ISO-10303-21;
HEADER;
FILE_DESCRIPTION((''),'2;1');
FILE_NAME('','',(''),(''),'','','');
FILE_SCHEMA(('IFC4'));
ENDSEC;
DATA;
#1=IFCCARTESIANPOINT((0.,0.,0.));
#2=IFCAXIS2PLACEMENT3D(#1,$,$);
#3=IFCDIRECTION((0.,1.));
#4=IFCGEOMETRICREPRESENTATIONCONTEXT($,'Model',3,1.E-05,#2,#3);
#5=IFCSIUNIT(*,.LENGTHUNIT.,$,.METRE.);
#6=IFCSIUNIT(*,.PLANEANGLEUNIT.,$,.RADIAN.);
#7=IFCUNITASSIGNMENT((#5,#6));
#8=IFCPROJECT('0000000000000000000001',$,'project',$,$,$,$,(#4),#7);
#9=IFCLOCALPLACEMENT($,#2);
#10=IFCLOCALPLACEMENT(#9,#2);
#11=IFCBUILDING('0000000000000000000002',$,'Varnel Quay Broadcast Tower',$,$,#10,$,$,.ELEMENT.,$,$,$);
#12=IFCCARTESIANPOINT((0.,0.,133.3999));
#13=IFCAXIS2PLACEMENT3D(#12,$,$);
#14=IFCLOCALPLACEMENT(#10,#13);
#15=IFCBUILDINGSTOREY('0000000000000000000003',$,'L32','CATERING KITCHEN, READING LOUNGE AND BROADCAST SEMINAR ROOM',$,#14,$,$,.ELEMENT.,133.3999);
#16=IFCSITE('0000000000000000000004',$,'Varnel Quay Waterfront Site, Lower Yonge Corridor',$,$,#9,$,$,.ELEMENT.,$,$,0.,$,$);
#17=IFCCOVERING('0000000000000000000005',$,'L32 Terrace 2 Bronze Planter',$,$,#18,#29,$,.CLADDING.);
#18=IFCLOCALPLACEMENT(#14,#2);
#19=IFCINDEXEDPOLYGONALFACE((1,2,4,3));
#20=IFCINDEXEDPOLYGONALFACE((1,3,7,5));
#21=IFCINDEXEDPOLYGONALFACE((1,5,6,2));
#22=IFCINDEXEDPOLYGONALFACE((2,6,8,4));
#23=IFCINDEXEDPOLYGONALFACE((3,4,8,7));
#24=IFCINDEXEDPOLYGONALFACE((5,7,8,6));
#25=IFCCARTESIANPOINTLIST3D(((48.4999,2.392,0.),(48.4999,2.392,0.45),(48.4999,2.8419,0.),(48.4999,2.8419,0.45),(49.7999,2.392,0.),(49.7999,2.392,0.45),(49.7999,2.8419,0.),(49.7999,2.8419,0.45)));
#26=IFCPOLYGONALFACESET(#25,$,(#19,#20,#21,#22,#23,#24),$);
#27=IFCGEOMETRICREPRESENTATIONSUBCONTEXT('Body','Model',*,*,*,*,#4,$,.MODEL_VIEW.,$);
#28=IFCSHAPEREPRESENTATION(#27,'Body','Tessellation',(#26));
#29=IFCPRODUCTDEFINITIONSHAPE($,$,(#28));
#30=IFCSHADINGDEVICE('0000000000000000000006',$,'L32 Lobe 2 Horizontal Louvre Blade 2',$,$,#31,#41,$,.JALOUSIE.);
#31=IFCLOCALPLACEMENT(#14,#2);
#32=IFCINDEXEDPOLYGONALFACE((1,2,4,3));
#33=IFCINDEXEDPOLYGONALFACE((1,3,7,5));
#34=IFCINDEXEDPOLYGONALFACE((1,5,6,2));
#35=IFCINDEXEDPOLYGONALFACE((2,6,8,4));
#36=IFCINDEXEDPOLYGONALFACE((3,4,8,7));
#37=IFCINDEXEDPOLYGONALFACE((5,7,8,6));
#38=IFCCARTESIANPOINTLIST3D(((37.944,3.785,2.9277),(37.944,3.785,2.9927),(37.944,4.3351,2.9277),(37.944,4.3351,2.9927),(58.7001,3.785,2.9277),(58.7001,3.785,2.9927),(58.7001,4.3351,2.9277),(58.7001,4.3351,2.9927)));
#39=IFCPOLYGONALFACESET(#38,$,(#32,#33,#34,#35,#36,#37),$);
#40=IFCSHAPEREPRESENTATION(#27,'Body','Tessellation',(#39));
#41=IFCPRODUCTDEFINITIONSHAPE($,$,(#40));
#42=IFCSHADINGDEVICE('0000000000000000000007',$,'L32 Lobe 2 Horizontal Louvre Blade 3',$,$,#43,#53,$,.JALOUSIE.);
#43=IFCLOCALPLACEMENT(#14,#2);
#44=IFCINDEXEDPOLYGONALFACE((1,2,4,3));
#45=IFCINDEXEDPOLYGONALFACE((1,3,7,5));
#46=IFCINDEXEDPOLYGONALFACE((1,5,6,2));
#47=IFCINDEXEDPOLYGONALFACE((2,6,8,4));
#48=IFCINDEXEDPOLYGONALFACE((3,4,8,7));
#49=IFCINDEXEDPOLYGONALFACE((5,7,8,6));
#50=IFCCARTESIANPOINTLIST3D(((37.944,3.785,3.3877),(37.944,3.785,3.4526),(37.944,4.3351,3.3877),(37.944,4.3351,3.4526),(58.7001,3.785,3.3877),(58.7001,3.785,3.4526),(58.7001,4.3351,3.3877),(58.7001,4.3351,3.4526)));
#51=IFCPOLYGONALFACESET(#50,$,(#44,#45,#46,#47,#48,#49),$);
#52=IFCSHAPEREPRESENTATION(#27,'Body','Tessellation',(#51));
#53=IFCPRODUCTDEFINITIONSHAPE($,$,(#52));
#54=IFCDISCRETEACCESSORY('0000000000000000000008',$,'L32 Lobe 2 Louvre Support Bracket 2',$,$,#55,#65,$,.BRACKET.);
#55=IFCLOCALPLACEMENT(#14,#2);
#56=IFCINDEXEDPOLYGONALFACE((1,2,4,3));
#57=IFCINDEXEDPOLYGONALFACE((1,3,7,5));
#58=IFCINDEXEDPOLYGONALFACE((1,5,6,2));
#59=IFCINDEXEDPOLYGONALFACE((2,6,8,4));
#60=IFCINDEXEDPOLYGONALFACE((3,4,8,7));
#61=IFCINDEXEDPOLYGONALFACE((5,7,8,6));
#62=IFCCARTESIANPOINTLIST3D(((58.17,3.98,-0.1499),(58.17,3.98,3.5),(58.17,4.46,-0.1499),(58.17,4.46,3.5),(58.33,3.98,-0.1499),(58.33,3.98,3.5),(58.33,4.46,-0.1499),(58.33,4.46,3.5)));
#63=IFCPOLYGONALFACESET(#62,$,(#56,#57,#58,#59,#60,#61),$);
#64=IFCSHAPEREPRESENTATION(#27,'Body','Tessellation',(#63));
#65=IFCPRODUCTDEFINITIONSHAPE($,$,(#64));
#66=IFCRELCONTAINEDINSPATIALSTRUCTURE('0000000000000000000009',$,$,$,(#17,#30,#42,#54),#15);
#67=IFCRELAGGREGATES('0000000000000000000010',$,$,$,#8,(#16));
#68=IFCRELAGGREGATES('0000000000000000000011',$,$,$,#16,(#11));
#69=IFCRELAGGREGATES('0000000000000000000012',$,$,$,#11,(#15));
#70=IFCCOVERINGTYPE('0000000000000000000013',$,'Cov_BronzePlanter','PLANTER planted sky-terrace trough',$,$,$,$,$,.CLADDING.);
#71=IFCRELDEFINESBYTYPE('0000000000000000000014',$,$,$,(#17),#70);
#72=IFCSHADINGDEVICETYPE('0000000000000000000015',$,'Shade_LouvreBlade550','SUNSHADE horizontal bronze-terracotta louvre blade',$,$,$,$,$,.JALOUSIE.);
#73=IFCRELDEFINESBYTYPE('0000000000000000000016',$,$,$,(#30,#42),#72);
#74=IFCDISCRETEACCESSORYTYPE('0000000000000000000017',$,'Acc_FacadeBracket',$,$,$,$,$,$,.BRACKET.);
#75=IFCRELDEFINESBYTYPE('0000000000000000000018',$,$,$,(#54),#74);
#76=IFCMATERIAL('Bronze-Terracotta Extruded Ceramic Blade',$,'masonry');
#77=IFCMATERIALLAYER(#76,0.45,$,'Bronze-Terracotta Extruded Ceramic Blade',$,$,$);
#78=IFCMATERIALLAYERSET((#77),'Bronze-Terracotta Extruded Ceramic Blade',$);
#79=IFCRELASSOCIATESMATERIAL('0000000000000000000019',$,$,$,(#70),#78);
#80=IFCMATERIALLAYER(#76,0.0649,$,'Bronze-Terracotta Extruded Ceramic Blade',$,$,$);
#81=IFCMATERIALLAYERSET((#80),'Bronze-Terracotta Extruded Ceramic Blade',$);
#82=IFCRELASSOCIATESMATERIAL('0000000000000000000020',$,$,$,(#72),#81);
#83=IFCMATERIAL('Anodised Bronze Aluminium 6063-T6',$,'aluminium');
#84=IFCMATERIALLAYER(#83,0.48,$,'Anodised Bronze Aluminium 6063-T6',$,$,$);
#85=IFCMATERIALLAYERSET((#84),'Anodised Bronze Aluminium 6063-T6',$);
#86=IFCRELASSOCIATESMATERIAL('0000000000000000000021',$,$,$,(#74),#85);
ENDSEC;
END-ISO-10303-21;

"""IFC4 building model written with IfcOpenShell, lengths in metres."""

from ifc_helpers import new_model, si_unit, direction, frame, origin, origin_2d, place, context, subcontext, project, spatial, rectangle, extrude, source, transform, mapped, material, layer, layer_set, type_object, type_shapes, element, save


model = new_model("IFC4")

# Units and contexts
model_context = context("Model", 3, precision=1e-05, world=origin(), true_north=direction((0.0, 1.0)))
body_context = subcontext(model_context, "Body", "Model", "MODEL_VIEW")
ifc_project = project(units=[si_unit("LENGTHUNIT", "METRE"), si_unit("PLANEANGLEUNIT", "RADIAN")], contexts=[model_context])

# Site, building, storey
site_placement = place(None, origin())
site = spatial("IfcSite", under=ifc_project, at=site_placement, Name="Varnel Quay Waterfront Site, Lower Yonge Corridor", CompositionType="ELEMENT", RefElevation=0.0)
building_placement = place(site_placement, origin())
building = spatial("IfcBuilding", under=site, at=building_placement, Name="Varnel Quay Broadcast Tower", CompositionType="ELEMENT")
storey_placement = place(building_placement, frame((0.0, 0.0, 133.3999)))
storey = spatial("IfcBuildingStorey", under=building, at=storey_placement, Name="L32", Description="CATERING KITCHEN, READING LOUNGE AND BROADCAST SEMINAR ROOM", CompositionType="ELEMENT", Elevation=133.3999)

# Shared definitions
ifc_material_1 = material(Name="Anodised Bronze Aluminium 6063-T6", Category="aluminium")

# Covering
ifc_material_2 = material(Name="Bronze-Terracotta Extruded Ceramic Blade", Category="masonry")
ifc_layer_1 = layer(ifc_material_2, 0.45, Name="Bronze-Terracotta Extruded Ceramic Blade")
ifc_layer_set_1 = layer_set([ifc_layer_1], Name="Bronze-Terracotta Extruded Ceramic Blade")
covering_type = type_object("IfcCoveringType", Name="Cov_BronzePlanter", Description="PLANTER planted sky-terrace trough", PredefinedType="CLADDING", material=ifc_layer_set_1)
shared_shape_1 = source(origin(), body_context, "Body", "SweptSolid", [
    extrude(rectangle(XDim=1.3, YDim=0.45, at=origin_2d()), origin(), (0.0, 0.0, 1.0), 0.45),
])
type_shapes(covering_type, [shared_shape_1])
covering_placement = place(storey_placement, frame((49.1499, 2.6169, 0.0), z_axis=(0.0, 0.0, 1.0), x_axis=(1.0, 0.0, 0.0)))
element("IfcCovering", 1, at=covering_placement, inside=storey, type_object=covering_type, Name="L32 Terrace 2 Bronze Planter", PredefinedType="CLADDING", context=body_context, shape_type="MappedRepresentation", body=[
    mapped(shared_shape_1, transform((0.0, 0.0, 0.0), x_axis=(1.0, 0.0, 0.0), y_axis=(0.0, 1.0, 0.0), z_axis=(0.0, 0.0, 1.0), scale=1.0)),
])

# Shading devices
ifc_layer_2 = layer(ifc_material_2, 0.0649, Name="Bronze-Terracotta Extruded Ceramic Blade")
ifc_layer_set_2 = layer_set([ifc_layer_2], Name="Bronze-Terracotta Extruded Ceramic Blade")
shading_device_type = type_object("IfcShadingDeviceType", Name="Shade_LouvreBlade550", Description="SUNSHADE horizontal bronze-terracotta louvre blade", PredefinedType="JALOUSIE", material=ifc_layer_set_2)
shared_shape_2 = source(origin(), body_context, "Body", "SweptSolid", [
    extrude(rectangle(XDim=20.7561, YDim=0.55, at=origin_2d()), origin(), (0.0, 0.0, 1.0), 0.0649),
])
type_shapes(shading_device_type, [shared_shape_2])
for number, where, z_axis, x_axis, name in (
    (2, (48.322, 4.0601, 2.9277), (0.0, 0.0, 1.0), (1.0, 0.0, 0.0), "L32 Lobe 2 Horizontal Louvre Blade 2"),
    (3, (48.322, 4.0601, 3.3877), (0.0, 0.0, 1.0), (1.0, 0.0, 0.0), "L32 Lobe 2 Horizontal Louvre Blade 3"),
):
    element("IfcShadingDevice", number, at=place(storey_placement, frame(where, z_axis=z_axis, x_axis=x_axis)), inside=storey, type_object=shading_device_type, Name=name, PredefinedType="JALOUSIE", context=body_context, shape_type="MappedRepresentation", body=[
        mapped(shared_shape_2, transform((0.0, 0.0, 0.0), x_axis=(1.0, 0.0, 0.0), y_axis=(0.0, 1.0, 0.0), z_axis=(0.0, 0.0, 1.0), scale=1.0)),
    ])

# Discrete accessory
ifc_layer_3 = layer(ifc_material_1, 0.48, Name="Anodised Bronze Aluminium 6063-T6")
ifc_layer_set_3 = layer_set([ifc_layer_3], Name="Anodised Bronze Aluminium 6063-T6")
discrete_accessory_type = type_object("IfcDiscreteAccessoryType", Name="Acc_FacadeBracket", PredefinedType="BRACKET", material=ifc_layer_set_3)
shared_shape_3 = source(origin(), body_context, "Body", "SweptSolid", [
    extrude(rectangle(XDim=0.1599, YDim=0.48, at=origin_2d()), origin(), (0.0, 0.0, 1.0), 3.6499),
])
type_shapes(discrete_accessory_type, [shared_shape_3])
discrete_accessory_placement = place(storey_placement, frame((58.25, 4.22, -0.1499), z_axis=(0.0, 0.0, 1.0), x_axis=(1.0, 0.0, 0.0)))
element("IfcDiscreteAccessory", 4, at=discrete_accessory_placement, inside=storey, type_object=discrete_accessory_type, Name="L32 Lobe 2 Louvre Support Bracket 2", PredefinedType="BRACKET", context=body_context, shape_type="MappedRepresentation", body=[
    mapped(shared_shape_3, transform((0.0, 0.0, 0.0), x_axis=(1.0, 0.0, 0.0), y_axis=(0.0, 1.0, 0.0), z_axis=(0.0, 0.0, 1.0), scale=1.0)),
])

save(model, "model.ifc")
